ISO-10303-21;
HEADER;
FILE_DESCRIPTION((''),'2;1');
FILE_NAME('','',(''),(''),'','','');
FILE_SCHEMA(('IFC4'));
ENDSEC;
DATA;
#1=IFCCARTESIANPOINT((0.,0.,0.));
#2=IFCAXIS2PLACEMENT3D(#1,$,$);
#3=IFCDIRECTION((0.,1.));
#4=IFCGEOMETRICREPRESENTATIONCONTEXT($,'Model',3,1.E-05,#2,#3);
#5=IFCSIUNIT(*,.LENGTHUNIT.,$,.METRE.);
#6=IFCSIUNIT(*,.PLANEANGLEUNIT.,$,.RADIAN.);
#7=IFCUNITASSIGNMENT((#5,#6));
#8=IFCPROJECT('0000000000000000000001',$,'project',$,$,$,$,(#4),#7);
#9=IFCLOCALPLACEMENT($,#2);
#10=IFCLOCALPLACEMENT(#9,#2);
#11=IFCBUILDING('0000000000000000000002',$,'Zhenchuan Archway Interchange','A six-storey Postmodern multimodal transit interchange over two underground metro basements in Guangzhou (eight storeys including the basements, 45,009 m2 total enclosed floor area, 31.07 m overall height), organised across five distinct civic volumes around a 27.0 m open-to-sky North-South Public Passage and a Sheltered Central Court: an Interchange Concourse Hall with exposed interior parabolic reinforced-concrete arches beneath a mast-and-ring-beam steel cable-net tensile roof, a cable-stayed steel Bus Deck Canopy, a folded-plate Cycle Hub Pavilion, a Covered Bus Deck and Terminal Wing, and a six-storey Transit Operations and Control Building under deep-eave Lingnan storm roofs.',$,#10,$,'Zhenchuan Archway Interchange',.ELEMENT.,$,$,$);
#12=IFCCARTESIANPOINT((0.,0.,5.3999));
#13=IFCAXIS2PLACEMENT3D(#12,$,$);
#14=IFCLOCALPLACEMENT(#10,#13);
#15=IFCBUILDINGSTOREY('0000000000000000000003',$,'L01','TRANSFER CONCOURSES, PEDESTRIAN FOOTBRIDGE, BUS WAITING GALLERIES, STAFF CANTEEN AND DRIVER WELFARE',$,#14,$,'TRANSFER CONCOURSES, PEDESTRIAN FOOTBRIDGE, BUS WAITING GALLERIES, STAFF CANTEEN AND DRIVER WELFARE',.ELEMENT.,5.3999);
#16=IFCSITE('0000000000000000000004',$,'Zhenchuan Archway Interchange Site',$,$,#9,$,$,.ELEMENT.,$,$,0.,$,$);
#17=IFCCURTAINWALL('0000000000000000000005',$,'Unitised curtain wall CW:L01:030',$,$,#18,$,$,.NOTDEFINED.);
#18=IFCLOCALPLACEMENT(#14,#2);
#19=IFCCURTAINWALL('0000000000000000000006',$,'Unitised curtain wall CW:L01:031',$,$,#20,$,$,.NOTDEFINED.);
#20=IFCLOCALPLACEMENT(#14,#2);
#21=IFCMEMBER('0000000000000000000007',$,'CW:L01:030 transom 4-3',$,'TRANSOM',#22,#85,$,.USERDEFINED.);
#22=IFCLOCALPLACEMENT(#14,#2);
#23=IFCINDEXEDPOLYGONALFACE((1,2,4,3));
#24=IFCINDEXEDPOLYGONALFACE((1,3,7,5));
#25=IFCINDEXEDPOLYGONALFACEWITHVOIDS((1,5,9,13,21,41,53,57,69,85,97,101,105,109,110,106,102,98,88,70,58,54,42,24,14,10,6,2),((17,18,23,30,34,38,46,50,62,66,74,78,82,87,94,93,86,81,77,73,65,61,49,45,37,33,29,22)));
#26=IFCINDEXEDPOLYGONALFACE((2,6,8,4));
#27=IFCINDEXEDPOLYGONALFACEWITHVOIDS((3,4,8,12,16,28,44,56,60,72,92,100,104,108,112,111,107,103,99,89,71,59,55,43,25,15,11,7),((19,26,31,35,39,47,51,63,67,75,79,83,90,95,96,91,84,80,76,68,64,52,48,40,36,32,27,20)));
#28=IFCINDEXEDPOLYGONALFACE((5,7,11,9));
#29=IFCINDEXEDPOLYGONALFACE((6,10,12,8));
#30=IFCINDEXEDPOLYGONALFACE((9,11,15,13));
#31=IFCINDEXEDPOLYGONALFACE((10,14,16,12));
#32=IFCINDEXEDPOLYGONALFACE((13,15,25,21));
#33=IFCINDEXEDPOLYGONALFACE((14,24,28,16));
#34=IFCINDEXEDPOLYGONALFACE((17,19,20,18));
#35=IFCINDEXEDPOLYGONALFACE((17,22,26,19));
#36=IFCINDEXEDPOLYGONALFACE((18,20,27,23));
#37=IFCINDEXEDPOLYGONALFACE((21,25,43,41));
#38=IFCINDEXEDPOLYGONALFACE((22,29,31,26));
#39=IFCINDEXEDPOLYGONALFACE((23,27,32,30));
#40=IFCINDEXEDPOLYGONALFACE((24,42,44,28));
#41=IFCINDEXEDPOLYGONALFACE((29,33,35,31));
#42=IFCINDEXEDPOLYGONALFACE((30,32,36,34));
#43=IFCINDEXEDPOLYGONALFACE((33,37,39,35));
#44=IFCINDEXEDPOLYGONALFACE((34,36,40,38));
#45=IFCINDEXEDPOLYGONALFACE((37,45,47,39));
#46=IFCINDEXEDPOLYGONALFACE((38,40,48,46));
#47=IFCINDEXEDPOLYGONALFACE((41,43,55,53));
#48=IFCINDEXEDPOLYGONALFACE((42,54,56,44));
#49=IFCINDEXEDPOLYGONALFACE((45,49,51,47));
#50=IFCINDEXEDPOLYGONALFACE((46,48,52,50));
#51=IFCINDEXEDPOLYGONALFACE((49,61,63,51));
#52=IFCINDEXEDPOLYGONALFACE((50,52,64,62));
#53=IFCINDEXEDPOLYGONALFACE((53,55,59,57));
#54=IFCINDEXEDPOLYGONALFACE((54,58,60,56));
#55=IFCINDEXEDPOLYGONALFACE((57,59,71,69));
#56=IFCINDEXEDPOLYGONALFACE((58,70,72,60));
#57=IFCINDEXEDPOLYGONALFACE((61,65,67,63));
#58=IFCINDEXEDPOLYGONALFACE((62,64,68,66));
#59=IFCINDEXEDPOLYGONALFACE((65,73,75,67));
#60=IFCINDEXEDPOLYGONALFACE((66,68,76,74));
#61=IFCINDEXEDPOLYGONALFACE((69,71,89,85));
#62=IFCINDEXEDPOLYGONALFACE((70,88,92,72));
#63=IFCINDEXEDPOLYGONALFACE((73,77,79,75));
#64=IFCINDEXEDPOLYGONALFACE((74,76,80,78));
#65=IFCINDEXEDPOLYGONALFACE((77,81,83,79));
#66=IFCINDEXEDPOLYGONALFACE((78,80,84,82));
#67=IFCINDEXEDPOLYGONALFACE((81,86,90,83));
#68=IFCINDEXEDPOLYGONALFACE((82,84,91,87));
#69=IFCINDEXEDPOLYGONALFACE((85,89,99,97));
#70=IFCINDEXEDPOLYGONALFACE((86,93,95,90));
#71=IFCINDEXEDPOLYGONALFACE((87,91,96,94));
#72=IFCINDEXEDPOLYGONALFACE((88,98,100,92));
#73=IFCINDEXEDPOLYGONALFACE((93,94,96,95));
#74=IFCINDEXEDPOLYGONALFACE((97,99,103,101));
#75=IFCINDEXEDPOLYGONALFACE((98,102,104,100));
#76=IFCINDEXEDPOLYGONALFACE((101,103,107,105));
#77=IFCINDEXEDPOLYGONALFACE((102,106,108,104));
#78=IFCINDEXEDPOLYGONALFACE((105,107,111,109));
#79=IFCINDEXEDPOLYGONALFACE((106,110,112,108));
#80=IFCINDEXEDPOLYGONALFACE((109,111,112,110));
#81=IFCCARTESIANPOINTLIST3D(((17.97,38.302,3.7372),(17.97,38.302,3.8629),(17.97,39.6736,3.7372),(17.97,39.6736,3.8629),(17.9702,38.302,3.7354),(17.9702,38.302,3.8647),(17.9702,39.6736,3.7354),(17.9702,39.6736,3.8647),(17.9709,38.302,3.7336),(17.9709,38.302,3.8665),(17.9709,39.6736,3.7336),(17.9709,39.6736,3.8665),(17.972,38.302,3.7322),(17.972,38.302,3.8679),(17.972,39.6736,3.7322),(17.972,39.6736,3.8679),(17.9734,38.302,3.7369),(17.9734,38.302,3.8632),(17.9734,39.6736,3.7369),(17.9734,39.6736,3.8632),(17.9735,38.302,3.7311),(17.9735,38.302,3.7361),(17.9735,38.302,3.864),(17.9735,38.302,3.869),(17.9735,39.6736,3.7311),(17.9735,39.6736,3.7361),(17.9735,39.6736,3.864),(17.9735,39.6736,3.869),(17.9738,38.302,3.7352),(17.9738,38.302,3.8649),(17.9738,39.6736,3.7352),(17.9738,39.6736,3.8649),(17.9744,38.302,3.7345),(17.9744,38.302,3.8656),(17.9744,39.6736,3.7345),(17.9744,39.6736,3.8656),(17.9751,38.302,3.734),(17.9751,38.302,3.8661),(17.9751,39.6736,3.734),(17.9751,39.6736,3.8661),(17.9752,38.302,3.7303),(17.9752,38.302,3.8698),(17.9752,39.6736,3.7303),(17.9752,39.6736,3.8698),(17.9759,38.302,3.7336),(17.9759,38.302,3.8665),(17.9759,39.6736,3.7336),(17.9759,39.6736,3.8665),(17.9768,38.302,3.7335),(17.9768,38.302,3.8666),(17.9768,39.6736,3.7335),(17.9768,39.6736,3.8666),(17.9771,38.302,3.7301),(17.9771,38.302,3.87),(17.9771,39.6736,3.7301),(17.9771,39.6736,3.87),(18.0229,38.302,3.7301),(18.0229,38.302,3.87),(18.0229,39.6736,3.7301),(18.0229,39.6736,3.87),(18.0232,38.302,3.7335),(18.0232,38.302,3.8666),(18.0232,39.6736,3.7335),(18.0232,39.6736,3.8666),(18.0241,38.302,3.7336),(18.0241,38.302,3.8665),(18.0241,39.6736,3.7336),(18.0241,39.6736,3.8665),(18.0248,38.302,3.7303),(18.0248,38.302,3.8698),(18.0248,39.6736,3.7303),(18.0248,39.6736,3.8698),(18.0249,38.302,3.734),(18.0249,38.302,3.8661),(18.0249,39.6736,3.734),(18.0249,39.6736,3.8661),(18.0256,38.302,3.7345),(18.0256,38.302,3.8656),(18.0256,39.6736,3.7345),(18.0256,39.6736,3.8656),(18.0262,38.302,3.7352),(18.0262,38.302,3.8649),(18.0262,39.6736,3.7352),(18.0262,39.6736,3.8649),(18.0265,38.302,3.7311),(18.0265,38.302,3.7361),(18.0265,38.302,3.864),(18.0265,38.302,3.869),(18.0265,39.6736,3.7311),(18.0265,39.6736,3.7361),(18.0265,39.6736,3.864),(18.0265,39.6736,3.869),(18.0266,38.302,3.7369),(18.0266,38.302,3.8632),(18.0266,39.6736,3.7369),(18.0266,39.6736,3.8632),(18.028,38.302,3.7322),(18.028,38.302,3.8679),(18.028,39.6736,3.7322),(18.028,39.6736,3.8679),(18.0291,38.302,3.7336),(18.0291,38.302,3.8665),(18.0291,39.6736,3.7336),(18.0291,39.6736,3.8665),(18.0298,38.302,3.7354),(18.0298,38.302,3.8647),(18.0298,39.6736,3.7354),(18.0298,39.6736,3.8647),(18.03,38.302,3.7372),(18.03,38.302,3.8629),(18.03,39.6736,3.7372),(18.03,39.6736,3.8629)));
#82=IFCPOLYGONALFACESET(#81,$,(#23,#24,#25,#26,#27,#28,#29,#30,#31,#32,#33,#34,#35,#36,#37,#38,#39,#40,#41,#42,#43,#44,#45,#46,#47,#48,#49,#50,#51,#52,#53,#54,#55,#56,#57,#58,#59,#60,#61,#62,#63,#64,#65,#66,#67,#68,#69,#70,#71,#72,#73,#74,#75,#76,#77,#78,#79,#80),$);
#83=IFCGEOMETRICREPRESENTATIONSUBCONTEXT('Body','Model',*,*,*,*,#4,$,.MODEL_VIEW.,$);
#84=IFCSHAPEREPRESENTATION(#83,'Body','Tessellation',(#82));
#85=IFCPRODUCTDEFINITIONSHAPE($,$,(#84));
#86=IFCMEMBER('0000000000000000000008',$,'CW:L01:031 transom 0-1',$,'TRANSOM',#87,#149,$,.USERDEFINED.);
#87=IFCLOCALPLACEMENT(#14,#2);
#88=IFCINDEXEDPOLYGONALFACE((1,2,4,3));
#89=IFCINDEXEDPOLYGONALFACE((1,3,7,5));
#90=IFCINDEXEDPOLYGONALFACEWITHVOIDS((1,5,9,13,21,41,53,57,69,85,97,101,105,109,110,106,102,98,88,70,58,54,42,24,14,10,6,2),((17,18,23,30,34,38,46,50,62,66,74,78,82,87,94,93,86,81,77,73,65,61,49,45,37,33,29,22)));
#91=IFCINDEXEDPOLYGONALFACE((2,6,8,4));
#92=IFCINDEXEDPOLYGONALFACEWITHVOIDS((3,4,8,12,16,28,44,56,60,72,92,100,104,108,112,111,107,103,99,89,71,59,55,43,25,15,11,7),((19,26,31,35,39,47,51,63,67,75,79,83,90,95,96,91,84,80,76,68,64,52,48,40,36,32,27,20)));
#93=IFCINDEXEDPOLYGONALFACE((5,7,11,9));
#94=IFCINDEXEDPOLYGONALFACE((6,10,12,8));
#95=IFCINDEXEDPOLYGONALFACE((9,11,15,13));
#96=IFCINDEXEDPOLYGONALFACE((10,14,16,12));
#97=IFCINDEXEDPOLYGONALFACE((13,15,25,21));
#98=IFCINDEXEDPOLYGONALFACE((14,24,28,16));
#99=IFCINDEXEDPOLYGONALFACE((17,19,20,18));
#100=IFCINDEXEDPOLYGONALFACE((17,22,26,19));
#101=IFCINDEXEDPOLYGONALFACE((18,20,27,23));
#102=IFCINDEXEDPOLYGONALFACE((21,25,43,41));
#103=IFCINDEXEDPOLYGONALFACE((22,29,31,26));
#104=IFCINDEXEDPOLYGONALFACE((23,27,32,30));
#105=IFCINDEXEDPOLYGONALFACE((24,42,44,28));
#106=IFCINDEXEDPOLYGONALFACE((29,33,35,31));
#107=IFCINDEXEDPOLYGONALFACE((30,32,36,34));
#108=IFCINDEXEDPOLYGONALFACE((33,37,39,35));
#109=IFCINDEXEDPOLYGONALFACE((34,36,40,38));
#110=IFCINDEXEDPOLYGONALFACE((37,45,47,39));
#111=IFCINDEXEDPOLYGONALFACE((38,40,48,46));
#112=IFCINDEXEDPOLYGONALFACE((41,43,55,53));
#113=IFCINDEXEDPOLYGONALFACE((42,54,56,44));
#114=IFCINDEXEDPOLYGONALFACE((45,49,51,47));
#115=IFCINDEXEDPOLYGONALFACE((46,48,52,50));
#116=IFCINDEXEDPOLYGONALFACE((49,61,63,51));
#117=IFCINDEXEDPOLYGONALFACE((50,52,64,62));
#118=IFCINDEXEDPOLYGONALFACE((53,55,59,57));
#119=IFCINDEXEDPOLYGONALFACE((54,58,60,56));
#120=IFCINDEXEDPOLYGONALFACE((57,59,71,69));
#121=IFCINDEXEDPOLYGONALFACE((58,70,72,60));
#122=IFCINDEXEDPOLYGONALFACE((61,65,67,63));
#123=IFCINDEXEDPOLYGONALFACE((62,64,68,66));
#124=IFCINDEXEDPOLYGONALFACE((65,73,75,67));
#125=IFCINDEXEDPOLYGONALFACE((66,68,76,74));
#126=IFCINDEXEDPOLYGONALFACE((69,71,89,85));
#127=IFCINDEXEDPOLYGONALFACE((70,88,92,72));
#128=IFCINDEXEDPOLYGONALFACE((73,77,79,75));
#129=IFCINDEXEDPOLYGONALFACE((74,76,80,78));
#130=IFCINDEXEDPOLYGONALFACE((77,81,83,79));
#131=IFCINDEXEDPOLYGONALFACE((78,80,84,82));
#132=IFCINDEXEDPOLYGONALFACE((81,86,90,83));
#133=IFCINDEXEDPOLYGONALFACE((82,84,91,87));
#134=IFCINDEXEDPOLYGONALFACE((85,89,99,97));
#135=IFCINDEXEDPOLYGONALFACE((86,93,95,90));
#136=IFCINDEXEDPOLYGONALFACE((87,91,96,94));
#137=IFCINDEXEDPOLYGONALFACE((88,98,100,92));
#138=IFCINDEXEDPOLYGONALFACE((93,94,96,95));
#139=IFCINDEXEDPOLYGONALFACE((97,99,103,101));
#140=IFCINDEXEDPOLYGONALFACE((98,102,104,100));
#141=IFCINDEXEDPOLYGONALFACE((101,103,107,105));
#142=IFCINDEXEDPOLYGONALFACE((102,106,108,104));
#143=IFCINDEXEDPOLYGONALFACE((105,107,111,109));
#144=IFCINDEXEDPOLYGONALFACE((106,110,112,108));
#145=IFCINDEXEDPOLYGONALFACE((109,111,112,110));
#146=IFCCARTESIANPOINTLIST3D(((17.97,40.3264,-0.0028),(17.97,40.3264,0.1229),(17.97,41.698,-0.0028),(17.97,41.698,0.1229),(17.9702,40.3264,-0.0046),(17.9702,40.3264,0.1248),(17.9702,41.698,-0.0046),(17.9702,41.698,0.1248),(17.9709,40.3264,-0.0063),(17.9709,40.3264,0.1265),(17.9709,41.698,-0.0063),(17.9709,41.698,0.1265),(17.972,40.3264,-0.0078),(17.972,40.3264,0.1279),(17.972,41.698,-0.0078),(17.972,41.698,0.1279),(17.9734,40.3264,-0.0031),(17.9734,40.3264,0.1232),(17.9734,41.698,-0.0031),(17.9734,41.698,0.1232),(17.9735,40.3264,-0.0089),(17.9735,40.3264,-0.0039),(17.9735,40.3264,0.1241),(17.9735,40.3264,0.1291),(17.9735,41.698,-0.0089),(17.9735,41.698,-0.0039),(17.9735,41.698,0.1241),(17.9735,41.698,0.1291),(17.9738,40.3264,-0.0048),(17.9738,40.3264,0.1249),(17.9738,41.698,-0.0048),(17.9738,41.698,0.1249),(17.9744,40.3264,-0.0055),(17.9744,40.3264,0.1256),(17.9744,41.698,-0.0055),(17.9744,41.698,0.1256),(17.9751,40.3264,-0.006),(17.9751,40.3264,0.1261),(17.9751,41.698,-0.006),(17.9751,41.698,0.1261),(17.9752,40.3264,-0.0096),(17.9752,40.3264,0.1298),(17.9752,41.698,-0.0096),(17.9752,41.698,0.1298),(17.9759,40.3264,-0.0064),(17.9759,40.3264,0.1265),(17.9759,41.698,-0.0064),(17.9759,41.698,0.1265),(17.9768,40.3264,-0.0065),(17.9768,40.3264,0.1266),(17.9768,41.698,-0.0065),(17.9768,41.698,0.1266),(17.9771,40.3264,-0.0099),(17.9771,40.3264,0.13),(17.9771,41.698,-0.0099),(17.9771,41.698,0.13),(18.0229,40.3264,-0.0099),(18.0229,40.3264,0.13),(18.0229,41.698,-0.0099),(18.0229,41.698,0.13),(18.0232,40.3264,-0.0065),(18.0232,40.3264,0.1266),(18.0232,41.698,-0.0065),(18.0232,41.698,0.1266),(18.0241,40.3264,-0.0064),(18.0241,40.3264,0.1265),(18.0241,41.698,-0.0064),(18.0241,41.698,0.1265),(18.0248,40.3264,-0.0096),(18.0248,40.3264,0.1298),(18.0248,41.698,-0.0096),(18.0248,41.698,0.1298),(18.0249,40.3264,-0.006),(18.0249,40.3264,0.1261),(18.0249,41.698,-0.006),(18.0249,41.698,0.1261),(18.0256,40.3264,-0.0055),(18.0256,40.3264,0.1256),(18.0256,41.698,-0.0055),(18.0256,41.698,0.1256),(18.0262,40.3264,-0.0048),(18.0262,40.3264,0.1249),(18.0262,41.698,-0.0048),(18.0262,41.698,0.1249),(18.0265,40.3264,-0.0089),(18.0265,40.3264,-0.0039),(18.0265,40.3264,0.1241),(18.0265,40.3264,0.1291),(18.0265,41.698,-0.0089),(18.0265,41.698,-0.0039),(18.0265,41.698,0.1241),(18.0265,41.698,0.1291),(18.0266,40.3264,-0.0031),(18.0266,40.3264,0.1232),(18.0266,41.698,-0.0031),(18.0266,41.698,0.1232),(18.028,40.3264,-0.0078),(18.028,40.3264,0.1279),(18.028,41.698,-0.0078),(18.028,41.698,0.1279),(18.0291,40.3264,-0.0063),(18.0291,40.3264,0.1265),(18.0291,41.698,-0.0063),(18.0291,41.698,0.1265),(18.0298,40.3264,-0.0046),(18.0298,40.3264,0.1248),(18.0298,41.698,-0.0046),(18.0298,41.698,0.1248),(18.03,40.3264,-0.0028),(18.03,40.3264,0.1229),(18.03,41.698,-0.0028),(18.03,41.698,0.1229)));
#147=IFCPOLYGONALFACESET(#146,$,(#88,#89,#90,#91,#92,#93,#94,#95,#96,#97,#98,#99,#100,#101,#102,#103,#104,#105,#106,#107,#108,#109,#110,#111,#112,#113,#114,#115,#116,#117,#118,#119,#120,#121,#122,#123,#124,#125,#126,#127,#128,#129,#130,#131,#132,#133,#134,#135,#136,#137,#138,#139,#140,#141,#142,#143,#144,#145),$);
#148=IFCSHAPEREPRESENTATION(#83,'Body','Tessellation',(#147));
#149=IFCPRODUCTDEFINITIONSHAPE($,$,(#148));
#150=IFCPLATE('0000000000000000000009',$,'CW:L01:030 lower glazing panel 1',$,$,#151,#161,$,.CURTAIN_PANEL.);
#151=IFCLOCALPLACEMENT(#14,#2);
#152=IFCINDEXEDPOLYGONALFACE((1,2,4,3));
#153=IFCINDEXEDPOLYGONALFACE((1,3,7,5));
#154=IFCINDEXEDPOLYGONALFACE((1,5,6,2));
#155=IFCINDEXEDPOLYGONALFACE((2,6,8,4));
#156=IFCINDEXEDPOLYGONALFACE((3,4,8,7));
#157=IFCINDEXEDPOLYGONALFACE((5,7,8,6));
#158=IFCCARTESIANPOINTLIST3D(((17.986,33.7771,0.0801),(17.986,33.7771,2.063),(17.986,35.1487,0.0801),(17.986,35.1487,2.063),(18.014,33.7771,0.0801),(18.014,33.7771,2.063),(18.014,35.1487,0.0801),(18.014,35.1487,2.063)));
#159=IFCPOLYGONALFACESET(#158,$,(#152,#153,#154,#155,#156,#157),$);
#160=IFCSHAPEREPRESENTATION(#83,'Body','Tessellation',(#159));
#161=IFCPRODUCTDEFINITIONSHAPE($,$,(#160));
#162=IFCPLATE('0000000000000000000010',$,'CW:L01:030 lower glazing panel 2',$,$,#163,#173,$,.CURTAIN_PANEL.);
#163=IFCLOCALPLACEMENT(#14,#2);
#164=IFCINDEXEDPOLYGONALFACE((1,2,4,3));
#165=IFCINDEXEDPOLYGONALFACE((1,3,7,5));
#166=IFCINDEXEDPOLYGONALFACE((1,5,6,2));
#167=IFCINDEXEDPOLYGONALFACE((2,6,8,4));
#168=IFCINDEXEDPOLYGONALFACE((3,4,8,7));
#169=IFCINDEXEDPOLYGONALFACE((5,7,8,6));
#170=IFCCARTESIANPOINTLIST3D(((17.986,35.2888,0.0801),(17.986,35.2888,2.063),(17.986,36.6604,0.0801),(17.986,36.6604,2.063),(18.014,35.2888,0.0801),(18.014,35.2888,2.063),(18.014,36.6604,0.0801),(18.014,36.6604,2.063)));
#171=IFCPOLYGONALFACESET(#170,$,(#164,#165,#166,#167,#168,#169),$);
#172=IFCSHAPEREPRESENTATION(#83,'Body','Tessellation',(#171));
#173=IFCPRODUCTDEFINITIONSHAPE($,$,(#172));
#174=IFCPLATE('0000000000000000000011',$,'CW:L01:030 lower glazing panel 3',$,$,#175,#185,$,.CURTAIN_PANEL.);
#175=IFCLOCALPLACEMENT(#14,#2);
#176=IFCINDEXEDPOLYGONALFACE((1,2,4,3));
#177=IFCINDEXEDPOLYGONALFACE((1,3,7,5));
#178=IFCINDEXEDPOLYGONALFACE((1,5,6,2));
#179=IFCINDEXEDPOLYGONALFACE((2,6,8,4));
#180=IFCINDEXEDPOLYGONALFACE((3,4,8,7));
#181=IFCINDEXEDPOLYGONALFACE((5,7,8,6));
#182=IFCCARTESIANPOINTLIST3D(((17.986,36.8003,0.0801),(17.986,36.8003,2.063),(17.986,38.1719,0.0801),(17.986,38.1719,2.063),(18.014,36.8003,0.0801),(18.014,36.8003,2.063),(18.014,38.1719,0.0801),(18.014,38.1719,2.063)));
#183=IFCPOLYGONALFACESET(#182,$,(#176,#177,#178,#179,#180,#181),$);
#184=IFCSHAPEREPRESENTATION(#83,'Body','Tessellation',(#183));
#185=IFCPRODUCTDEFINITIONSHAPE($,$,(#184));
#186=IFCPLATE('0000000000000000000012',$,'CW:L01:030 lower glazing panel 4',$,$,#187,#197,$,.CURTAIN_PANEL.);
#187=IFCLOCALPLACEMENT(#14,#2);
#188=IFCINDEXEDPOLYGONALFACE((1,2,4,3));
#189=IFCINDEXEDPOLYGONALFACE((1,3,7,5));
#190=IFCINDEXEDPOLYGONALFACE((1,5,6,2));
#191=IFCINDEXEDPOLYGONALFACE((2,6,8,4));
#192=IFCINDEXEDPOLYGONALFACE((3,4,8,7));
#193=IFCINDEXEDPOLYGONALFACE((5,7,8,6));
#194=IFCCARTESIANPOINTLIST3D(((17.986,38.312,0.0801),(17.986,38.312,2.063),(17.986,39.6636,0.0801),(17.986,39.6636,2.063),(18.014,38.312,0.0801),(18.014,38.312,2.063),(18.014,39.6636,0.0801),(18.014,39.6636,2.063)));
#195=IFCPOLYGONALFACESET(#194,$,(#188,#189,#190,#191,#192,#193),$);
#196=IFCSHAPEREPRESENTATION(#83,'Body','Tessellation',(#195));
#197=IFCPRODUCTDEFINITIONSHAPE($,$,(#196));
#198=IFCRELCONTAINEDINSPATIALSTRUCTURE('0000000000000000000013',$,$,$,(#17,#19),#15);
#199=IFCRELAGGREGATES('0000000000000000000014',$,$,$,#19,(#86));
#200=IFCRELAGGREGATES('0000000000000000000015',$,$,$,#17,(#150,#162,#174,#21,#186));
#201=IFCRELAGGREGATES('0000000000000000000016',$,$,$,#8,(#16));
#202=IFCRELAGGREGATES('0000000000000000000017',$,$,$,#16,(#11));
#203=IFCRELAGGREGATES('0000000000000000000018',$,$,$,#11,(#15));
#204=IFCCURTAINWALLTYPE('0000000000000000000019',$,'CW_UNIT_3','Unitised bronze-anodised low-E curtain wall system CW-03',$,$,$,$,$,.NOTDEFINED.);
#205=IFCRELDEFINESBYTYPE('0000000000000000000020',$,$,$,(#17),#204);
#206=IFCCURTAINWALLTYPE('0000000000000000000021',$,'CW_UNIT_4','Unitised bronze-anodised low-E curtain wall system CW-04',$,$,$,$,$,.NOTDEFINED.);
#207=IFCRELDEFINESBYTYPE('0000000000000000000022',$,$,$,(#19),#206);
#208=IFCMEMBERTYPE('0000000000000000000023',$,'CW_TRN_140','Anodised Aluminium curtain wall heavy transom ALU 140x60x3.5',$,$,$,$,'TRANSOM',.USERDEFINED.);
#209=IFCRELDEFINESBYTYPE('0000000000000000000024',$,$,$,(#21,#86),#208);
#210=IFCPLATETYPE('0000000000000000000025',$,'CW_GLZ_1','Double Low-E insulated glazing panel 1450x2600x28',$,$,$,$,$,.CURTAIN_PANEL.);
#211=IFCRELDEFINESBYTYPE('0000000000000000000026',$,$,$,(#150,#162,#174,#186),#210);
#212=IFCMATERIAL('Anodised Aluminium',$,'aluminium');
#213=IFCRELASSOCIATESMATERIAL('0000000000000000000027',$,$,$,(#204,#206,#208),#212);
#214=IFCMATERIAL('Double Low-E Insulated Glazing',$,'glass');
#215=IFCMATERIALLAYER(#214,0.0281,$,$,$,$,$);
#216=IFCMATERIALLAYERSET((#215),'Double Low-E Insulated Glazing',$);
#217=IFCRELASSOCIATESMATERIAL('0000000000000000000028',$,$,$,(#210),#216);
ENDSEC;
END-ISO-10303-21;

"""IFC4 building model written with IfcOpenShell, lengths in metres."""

from ifc_helpers import new_model, si_unit, direction, frame, origin, origin_2d, place, context, subcontext, project, spatial, rectangle, hollow_rectangle, extrude, material, layer, layer_set, material_profile, profile_set, type_object, element, aggregate, save


model = new_model("IFC4")

# Units and contexts
model_context = context("Model", 3, precision=1e-05, world=origin(), true_north=direction((0.0, 1.0)))
body_context = subcontext(model_context, "Body", "Model", "MODEL_VIEW")
ifc_project = project(units=[si_unit("LENGTHUNIT", "METRE"), si_unit("PLANEANGLEUNIT", "RADIAN")], contexts=[model_context])

# Site, building, storey
site_placement = place(None, origin())
site = spatial("IfcSite", under=ifc_project, at=site_placement, Name="Zhenchuan Archway Interchange Site", CompositionType="ELEMENT", RefElevation=0.0)
building_placement = place(site_placement, origin())
building = spatial("IfcBuilding", under=site, at=building_placement, Name="Zhenchuan Archway Interchange", Description="A six-storey Postmodern multimodal transit interchange over two underground metro basements in Guangzhou (eight storeys including the basements, 45,009 m2 total enclosed floor area, 31.07 m overall height), organised across five distinct civic volumes around a 27.0 m open-to-sky North-South Public Passage and a Sheltered Central Court: an Interchange Concourse Hall with exposed interior parabolic reinforced-concrete arches beneath a mast-and-ring-beam steel cable-net tensile roof, a cable-stayed steel Bus Deck Canopy, a folded-plate Cycle Hub Pavilion, a Covered Bus Deck and Terminal Wing, and a six-storey Transit Operations and Control Building under deep-eave Lingnan storm roofs.", LongName="Zhenchuan Archway Interchange", CompositionType="ELEMENT")
storey_placement = place(building_placement, frame((0.0, 0.0, 5.3999)))
storey = spatial("IfcBuildingStorey", under=building, at=storey_placement, Name="L01", Description="TRANSFER CONCOURSES, PEDESTRIAN FOOTBRIDGE, BUS WAITING GALLERIES, STAFF CANTEEN AND DRIVER WELFARE", LongName="TRANSFER CONCOURSES, PEDESTRIAN FOOTBRIDGE, BUS WAITING GALLERIES, STAFF CANTEEN AND DRIVER WELFARE", CompositionType="ELEMENT", Elevation=5.3999)

# Curtain wall
ifc_material_1 = material(Name="Anodised Aluminium", Category="aluminium")
curtain_wall_type_1 = type_object("IfcCurtainWallType", Name="CW_UNIT_3", Description="Unitised bronze-anodised low-E curtain wall system CW-03", PredefinedType="NOTDEFINED", material=ifc_material_1)
curtain_wall_1_placement = place(storey_placement, origin())
curtain_wall_1 = element("IfcCurtainWall", 1, at=curtain_wall_1_placement, inside=storey, type_object=curtain_wall_type_1, Name="Unitised curtain wall CW:L01:030", PredefinedType="NOTDEFINED")

# Curtain wall
curtain_wall_type_2 = type_object("IfcCurtainWallType", Name="CW_UNIT_4", Description="Unitised bronze-anodised low-E curtain wall system CW-04", PredefinedType="NOTDEFINED", material=ifc_material_1)
curtain_wall_2_placement = place(storey_placement, origin())
curtain_wall_2 = element("IfcCurtainWall", 2, at=curtain_wall_2_placement, inside=storey, type_object=curtain_wall_type_2, Name="Unitised curtain wall CW:L01:031", PredefinedType="NOTDEFINED")

# Members
ifc_material_profile_1 = material_profile(ifc_material_1, hollow_rectangle(XDim=0.0601, YDim=0.1399, WallThickness=0.0034, InnerFilletRadius=0.0034, OuterFilletRadius=0.0071, at=origin_2d()), Name="ALU 140x60x3.5")
ifc_profile_set_1 = profile_set([ifc_material_profile_1], Name="Anodised Aluminium")
member_type_1 = type_object("IfcMemberType", Name="CW_TRN_140", Description="Anodised Aluminium curtain wall heavy transom ALU 140x60x3.5", ElementType="TRANSOM", PredefinedType="USERDEFINED", material=ifc_profile_set_1)
member_1_placement = place(storey_placement, frame((18.0, 38.302, 3.8), z_axis=(0.0, 1.0, 0.0), x_axis=(-1.0, 0.0, 0.0)))
member_1 = element("IfcMember", 3, at=member_1_placement, type_object=member_type_1, Name="CW:L01:030 transom 4-3", ObjectType="TRANSOM", PredefinedType="USERDEFINED", context=body_context, shape_type="SweptSolid", body=[
    extrude(hollow_rectangle(XDim=0.0601, YDim=0.1399, WallThickness=0.0034, InnerFilletRadius=0.0034, OuterFilletRadius=0.0071, at=origin_2d()), origin(), (0.0, 0.0, 1.0), 1.3716),
])
member_2_placement = place(storey_placement, frame((18.0, 40.3264, 0.0601), z_axis=(0.0, 1.0, 0.0), x_axis=(-1.0, 0.0, 0.0)))
member_2 = element("IfcMember", 4, at=member_2_placement, type_object=member_type_1, Name="CW:L01:031 transom 0-1", ObjectType="TRANSOM", PredefinedType="USERDEFINED", context=body_context, shape_type="SweptSolid", body=[
    extrude(hollow_rectangle(XDim=0.0601, YDim=0.1399, WallThickness=0.0034, InnerFilletRadius=0.0034, OuterFilletRadius=0.0071, at=origin_2d()), origin(), (0.0, 0.0, 1.0), 1.3716),
])
aggregate(curtain_wall_2, [member_2])

# Plates
ifc_material_2 = material(Name="Double Low-E Insulated Glazing", Category="glass")
ifc_layer_1 = layer(ifc_material_2, 0.0281)
ifc_layer_set_1 = layer_set([ifc_layer_1], Name="Double Low-E Insulated Glazing")
plate_type_1 = type_object("IfcPlateType", Name="CW_GLZ_1", Description="Double Low-E insulated glazing panel 1450x2600x28", PredefinedType="CURTAIN_PANEL", material=ifc_layer_set_1)
plate_1_placement = place(storey_placement, frame((18.0, 34.4629, 0.0801), z_axis=(0.0, 0.0, 1.0), x_axis=(0.0, 1.0, 0.0)))
plate_1 = element("IfcPlate", 5, at=plate_1_placement, type_object=plate_type_1, Name="CW:L01:030 lower glazing panel 1", PredefinedType="CURTAIN_PANEL", context=body_context, shape_type="SweptSolid", body=[
    extrude(rectangle(XDim=1.3716, YDim=0.0281, at=origin_2d()), origin(), (0.0, 0.0, 1.0), 1.9829),
])
plate_2_placement = place(storey_placement, frame((18.0, 35.9746, 0.0801), z_axis=(0.0, 0.0, 1.0), x_axis=(0.0, 1.0, 0.0)))
plate_2 = element("IfcPlate", 6, at=plate_2_placement, type_object=plate_type_1, Name="CW:L01:030 lower glazing panel 2", PredefinedType="CURTAIN_PANEL", context=body_context, shape_type="SweptSolid", body=[
    extrude(rectangle(XDim=1.3716, YDim=0.0281, at=origin_2d()), origin(), (0.0, 0.0, 1.0), 1.9829),
])
plate_3_placement = place(storey_placement, frame((18.0, 37.4861, 0.0801), z_axis=(0.0, 0.0, 1.0), x_axis=(0.0, 1.0, 0.0)))
plate_3 = element("IfcPlate", 7, at=plate_3_placement, type_object=plate_type_1, Name="CW:L01:030 lower glazing panel 3", PredefinedType="CURTAIN_PANEL", context=body_context, shape_type="SweptSolid", body=[
    extrude(rectangle(XDim=1.3716, YDim=0.0281, at=origin_2d()), origin(), (0.0, 0.0, 1.0), 1.9829),
])
plate_4_placement = place(storey_placement, frame((18.0, 38.9878, 0.0801), z_axis=(0.0, 0.0, 1.0), x_axis=(0.0, 1.0, 0.0)))
plate_4 = element("IfcPlate", 8, at=plate_4_placement, type_object=plate_type_1, Name="CW:L01:030 lower glazing panel 4", PredefinedType="CURTAIN_PANEL", context=body_context, shape_type="SweptSolid", body=[
    extrude(rectangle(XDim=1.3516, YDim=0.0281, at=origin_2d()), origin(), (0.0, 0.0, 1.0), 1.9829),
])
aggregate(curtain_wall_1, [plate_1, plate_2, plate_3, member_1, plate_4])

save(model, "model.ifc")
